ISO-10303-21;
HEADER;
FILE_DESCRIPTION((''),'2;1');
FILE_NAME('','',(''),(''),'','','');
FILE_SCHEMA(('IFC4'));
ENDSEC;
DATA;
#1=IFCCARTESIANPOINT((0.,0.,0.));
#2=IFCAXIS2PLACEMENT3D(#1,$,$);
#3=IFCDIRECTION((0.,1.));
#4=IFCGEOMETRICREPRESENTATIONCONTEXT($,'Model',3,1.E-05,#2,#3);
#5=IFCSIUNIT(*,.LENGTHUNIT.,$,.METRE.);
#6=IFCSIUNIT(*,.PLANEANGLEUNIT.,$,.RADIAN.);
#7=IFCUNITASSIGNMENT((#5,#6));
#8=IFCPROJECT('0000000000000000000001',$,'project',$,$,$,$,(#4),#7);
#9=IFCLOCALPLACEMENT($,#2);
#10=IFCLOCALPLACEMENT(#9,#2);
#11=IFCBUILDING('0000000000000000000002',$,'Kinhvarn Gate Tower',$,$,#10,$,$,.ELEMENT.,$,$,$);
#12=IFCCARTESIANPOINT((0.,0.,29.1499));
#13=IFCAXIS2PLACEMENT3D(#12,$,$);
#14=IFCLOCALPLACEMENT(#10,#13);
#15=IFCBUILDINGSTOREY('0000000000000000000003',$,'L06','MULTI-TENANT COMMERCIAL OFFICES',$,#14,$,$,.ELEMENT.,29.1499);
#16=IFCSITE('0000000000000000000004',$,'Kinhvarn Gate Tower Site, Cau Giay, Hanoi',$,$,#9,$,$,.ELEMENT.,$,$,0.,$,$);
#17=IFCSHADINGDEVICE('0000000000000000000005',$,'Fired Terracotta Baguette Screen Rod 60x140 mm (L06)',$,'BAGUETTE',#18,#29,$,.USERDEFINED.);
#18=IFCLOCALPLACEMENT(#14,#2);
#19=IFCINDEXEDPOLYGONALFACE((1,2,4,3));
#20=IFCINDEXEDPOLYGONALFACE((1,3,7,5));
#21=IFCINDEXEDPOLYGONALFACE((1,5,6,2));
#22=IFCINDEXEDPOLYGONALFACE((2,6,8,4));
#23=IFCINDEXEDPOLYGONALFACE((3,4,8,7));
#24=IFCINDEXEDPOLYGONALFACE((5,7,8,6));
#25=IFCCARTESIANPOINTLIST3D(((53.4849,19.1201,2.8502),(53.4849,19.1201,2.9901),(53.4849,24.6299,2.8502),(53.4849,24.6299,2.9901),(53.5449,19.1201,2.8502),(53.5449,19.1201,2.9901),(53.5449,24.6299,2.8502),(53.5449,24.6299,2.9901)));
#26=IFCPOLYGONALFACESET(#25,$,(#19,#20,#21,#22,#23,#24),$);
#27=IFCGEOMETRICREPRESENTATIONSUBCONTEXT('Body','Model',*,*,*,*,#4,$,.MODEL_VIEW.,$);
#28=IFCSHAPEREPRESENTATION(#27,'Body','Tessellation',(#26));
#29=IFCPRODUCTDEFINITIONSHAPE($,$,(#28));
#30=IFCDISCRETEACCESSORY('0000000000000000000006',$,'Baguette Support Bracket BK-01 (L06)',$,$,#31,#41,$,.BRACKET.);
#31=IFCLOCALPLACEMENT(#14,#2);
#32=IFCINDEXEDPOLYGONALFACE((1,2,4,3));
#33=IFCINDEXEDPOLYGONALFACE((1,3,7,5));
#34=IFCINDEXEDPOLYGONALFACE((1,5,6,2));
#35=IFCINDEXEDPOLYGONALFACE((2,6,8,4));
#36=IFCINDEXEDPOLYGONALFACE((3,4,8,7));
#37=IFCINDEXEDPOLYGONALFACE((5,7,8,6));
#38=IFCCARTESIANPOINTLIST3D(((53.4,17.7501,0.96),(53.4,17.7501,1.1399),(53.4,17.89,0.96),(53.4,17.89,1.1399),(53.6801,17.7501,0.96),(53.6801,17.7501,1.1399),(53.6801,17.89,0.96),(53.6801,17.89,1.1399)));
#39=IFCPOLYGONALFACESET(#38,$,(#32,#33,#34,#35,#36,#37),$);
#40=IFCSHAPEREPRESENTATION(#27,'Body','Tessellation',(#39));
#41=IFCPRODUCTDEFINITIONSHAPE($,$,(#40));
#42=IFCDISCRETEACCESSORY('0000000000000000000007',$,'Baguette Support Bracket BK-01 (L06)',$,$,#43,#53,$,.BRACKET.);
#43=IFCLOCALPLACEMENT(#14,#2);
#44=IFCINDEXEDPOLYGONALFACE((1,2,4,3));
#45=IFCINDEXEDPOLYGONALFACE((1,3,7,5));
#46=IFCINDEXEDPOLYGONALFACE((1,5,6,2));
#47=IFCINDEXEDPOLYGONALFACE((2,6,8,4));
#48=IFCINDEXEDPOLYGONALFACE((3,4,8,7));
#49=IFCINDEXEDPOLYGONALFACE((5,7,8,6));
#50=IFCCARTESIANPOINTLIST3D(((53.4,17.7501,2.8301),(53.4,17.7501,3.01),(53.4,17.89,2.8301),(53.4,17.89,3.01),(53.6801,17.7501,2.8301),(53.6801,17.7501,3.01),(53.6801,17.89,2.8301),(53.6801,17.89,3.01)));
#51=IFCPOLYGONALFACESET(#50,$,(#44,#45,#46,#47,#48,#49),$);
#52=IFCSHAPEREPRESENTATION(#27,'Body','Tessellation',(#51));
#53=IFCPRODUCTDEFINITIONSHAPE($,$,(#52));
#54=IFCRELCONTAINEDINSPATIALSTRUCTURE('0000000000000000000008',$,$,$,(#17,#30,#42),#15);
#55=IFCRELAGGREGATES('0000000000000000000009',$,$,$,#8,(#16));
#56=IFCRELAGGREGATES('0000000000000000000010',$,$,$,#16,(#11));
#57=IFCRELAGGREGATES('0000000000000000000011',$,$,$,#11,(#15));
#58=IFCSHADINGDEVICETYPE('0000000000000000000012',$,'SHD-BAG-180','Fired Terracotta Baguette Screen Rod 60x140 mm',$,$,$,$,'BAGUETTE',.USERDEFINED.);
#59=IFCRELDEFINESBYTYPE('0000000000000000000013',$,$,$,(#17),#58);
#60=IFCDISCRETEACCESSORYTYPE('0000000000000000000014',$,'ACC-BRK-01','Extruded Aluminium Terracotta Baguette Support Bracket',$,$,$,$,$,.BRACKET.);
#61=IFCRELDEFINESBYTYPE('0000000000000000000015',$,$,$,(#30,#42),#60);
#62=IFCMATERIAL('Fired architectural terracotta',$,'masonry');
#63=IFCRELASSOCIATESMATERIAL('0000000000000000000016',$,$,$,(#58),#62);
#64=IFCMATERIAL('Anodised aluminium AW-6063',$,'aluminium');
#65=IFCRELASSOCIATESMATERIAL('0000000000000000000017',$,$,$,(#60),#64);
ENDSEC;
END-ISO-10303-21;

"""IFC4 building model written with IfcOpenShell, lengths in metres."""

from ifc_helpers import new_model, si_unit, direction, frame, origin, origin_2d, place, context, subcontext, project, spatial, rectangle, extrude, material, material_profile, profile_set, type_object, element, save


model = new_model("IFC4")

# Units and contexts
model_context = context("Model", 3, precision=1e-05, world=origin(), true_north=direction((0.0, 1.0)))
body_context = subcontext(model_context, "Body", "Model", "MODEL_VIEW")
ifc_project = project(units=[si_unit("LENGTHUNIT", "METRE"), si_unit("PLANEANGLEUNIT", "RADIAN")], contexts=[model_context])

# Site, building, storey
site_placement = place(None, origin())
site = spatial("IfcSite", under=ifc_project, at=site_placement, Name="Kinhvarn Gate Tower Site, Cau Giay, Hanoi", CompositionType="ELEMENT", RefElevation=0.0)
building_placement = place(site_placement, origin())
building = spatial("IfcBuilding", under=site, at=building_placement, Name="Kinhvarn Gate Tower", CompositionType="ELEMENT")
storey_placement = place(building_placement, frame((0.0, 0.0, 29.1499)))
storey = spatial("IfcBuildingStorey", under=building, at=storey_placement, Name="L06", Description="MULTI-TENANT COMMERCIAL OFFICES", CompositionType="ELEMENT", Elevation=29.1499)

# Shared definitions
ifc_material_1 = material(Name="Anodised aluminium AW-6063", Category="aluminium")

# Shading device
ifc_material_2 = material(Name="Fired architectural terracotta", Category="masonry")
ifc_material_profile_1 = material_profile(ifc_material_2, rectangle(XDim=0.0601, YDim=0.1399, at=origin_2d()), Name="TC 60x140")
ifc_profile_set_1 = profile_set([ifc_material_profile_1], Name="Fired architectural terracotta")
shading_device_type = type_object("IfcShadingDeviceType", Name="SHD-BAG-180", Description="Fired Terracotta Baguette Screen Rod 60x140 mm", ElementType="BAGUETTE", PredefinedType="USERDEFINED", material=ifc_profile_set_1)
for number, where, z_axis, x_axis, name in (
    (1, (53.5149, 19.1201, 2.9202), (0.0, 1.0, 0.0), (-1.0, 0.0, 0.0), "Fired Terracotta Baguette Screen Rod 60x140 mm (L06)"),
):
    element("IfcShadingDevice", number, at=place(storey_placement, frame(where, z_axis=z_axis, x_axis=x_axis)), inside=storey, type_object=shading_device_type, Name=name, ObjectType="BAGUETTE", PredefinedType="USERDEFINED", context=body_context, shape_type="SweptSolid", body=[
        extrude(rectangle(XDim=0.0601, YDim=0.1399, at=origin_2d()), origin(), (0.0, 0.0, 1.0), 5.5098),
    ])

# Discrete accessories
discrete_accessory_type = type_object("IfcDiscreteAccessoryType", Name="ACC-BRK-01", Description="Extruded Aluminium Terracotta Baguette Support Bracket", PredefinedType="BRACKET", material=ifc_material_1)
for number, where, z_axis, x_axis, name in (
    (2, (53.54, 17.8201, 0.96), (0.0, 0.0, 1.0), (0.0, 1.0, 0.0), "Baguette Support Bracket BK-01 (L06)"),
    (3, (53.54, 17.8201, 2.8301), (0.0, 0.0, 1.0), (0.0, 1.0, 0.0), "Baguette Support Bracket BK-01 (L06)"),
):
    element("IfcDiscreteAccessory", number, at=place(storey_placement, frame(where, z_axis=z_axis, x_axis=x_axis)), inside=storey, type_object=discrete_accessory_type, Name=name, PredefinedType="BRACKET", context=body_context, shape_type="SweptSolid", body=[
        extrude(rectangle(XDim=0.1399, YDim=0.28, at=origin_2d()), origin(), (0.0, 0.0, 1.0), 0.1799),
    ])

save(model, "model.ifc")
